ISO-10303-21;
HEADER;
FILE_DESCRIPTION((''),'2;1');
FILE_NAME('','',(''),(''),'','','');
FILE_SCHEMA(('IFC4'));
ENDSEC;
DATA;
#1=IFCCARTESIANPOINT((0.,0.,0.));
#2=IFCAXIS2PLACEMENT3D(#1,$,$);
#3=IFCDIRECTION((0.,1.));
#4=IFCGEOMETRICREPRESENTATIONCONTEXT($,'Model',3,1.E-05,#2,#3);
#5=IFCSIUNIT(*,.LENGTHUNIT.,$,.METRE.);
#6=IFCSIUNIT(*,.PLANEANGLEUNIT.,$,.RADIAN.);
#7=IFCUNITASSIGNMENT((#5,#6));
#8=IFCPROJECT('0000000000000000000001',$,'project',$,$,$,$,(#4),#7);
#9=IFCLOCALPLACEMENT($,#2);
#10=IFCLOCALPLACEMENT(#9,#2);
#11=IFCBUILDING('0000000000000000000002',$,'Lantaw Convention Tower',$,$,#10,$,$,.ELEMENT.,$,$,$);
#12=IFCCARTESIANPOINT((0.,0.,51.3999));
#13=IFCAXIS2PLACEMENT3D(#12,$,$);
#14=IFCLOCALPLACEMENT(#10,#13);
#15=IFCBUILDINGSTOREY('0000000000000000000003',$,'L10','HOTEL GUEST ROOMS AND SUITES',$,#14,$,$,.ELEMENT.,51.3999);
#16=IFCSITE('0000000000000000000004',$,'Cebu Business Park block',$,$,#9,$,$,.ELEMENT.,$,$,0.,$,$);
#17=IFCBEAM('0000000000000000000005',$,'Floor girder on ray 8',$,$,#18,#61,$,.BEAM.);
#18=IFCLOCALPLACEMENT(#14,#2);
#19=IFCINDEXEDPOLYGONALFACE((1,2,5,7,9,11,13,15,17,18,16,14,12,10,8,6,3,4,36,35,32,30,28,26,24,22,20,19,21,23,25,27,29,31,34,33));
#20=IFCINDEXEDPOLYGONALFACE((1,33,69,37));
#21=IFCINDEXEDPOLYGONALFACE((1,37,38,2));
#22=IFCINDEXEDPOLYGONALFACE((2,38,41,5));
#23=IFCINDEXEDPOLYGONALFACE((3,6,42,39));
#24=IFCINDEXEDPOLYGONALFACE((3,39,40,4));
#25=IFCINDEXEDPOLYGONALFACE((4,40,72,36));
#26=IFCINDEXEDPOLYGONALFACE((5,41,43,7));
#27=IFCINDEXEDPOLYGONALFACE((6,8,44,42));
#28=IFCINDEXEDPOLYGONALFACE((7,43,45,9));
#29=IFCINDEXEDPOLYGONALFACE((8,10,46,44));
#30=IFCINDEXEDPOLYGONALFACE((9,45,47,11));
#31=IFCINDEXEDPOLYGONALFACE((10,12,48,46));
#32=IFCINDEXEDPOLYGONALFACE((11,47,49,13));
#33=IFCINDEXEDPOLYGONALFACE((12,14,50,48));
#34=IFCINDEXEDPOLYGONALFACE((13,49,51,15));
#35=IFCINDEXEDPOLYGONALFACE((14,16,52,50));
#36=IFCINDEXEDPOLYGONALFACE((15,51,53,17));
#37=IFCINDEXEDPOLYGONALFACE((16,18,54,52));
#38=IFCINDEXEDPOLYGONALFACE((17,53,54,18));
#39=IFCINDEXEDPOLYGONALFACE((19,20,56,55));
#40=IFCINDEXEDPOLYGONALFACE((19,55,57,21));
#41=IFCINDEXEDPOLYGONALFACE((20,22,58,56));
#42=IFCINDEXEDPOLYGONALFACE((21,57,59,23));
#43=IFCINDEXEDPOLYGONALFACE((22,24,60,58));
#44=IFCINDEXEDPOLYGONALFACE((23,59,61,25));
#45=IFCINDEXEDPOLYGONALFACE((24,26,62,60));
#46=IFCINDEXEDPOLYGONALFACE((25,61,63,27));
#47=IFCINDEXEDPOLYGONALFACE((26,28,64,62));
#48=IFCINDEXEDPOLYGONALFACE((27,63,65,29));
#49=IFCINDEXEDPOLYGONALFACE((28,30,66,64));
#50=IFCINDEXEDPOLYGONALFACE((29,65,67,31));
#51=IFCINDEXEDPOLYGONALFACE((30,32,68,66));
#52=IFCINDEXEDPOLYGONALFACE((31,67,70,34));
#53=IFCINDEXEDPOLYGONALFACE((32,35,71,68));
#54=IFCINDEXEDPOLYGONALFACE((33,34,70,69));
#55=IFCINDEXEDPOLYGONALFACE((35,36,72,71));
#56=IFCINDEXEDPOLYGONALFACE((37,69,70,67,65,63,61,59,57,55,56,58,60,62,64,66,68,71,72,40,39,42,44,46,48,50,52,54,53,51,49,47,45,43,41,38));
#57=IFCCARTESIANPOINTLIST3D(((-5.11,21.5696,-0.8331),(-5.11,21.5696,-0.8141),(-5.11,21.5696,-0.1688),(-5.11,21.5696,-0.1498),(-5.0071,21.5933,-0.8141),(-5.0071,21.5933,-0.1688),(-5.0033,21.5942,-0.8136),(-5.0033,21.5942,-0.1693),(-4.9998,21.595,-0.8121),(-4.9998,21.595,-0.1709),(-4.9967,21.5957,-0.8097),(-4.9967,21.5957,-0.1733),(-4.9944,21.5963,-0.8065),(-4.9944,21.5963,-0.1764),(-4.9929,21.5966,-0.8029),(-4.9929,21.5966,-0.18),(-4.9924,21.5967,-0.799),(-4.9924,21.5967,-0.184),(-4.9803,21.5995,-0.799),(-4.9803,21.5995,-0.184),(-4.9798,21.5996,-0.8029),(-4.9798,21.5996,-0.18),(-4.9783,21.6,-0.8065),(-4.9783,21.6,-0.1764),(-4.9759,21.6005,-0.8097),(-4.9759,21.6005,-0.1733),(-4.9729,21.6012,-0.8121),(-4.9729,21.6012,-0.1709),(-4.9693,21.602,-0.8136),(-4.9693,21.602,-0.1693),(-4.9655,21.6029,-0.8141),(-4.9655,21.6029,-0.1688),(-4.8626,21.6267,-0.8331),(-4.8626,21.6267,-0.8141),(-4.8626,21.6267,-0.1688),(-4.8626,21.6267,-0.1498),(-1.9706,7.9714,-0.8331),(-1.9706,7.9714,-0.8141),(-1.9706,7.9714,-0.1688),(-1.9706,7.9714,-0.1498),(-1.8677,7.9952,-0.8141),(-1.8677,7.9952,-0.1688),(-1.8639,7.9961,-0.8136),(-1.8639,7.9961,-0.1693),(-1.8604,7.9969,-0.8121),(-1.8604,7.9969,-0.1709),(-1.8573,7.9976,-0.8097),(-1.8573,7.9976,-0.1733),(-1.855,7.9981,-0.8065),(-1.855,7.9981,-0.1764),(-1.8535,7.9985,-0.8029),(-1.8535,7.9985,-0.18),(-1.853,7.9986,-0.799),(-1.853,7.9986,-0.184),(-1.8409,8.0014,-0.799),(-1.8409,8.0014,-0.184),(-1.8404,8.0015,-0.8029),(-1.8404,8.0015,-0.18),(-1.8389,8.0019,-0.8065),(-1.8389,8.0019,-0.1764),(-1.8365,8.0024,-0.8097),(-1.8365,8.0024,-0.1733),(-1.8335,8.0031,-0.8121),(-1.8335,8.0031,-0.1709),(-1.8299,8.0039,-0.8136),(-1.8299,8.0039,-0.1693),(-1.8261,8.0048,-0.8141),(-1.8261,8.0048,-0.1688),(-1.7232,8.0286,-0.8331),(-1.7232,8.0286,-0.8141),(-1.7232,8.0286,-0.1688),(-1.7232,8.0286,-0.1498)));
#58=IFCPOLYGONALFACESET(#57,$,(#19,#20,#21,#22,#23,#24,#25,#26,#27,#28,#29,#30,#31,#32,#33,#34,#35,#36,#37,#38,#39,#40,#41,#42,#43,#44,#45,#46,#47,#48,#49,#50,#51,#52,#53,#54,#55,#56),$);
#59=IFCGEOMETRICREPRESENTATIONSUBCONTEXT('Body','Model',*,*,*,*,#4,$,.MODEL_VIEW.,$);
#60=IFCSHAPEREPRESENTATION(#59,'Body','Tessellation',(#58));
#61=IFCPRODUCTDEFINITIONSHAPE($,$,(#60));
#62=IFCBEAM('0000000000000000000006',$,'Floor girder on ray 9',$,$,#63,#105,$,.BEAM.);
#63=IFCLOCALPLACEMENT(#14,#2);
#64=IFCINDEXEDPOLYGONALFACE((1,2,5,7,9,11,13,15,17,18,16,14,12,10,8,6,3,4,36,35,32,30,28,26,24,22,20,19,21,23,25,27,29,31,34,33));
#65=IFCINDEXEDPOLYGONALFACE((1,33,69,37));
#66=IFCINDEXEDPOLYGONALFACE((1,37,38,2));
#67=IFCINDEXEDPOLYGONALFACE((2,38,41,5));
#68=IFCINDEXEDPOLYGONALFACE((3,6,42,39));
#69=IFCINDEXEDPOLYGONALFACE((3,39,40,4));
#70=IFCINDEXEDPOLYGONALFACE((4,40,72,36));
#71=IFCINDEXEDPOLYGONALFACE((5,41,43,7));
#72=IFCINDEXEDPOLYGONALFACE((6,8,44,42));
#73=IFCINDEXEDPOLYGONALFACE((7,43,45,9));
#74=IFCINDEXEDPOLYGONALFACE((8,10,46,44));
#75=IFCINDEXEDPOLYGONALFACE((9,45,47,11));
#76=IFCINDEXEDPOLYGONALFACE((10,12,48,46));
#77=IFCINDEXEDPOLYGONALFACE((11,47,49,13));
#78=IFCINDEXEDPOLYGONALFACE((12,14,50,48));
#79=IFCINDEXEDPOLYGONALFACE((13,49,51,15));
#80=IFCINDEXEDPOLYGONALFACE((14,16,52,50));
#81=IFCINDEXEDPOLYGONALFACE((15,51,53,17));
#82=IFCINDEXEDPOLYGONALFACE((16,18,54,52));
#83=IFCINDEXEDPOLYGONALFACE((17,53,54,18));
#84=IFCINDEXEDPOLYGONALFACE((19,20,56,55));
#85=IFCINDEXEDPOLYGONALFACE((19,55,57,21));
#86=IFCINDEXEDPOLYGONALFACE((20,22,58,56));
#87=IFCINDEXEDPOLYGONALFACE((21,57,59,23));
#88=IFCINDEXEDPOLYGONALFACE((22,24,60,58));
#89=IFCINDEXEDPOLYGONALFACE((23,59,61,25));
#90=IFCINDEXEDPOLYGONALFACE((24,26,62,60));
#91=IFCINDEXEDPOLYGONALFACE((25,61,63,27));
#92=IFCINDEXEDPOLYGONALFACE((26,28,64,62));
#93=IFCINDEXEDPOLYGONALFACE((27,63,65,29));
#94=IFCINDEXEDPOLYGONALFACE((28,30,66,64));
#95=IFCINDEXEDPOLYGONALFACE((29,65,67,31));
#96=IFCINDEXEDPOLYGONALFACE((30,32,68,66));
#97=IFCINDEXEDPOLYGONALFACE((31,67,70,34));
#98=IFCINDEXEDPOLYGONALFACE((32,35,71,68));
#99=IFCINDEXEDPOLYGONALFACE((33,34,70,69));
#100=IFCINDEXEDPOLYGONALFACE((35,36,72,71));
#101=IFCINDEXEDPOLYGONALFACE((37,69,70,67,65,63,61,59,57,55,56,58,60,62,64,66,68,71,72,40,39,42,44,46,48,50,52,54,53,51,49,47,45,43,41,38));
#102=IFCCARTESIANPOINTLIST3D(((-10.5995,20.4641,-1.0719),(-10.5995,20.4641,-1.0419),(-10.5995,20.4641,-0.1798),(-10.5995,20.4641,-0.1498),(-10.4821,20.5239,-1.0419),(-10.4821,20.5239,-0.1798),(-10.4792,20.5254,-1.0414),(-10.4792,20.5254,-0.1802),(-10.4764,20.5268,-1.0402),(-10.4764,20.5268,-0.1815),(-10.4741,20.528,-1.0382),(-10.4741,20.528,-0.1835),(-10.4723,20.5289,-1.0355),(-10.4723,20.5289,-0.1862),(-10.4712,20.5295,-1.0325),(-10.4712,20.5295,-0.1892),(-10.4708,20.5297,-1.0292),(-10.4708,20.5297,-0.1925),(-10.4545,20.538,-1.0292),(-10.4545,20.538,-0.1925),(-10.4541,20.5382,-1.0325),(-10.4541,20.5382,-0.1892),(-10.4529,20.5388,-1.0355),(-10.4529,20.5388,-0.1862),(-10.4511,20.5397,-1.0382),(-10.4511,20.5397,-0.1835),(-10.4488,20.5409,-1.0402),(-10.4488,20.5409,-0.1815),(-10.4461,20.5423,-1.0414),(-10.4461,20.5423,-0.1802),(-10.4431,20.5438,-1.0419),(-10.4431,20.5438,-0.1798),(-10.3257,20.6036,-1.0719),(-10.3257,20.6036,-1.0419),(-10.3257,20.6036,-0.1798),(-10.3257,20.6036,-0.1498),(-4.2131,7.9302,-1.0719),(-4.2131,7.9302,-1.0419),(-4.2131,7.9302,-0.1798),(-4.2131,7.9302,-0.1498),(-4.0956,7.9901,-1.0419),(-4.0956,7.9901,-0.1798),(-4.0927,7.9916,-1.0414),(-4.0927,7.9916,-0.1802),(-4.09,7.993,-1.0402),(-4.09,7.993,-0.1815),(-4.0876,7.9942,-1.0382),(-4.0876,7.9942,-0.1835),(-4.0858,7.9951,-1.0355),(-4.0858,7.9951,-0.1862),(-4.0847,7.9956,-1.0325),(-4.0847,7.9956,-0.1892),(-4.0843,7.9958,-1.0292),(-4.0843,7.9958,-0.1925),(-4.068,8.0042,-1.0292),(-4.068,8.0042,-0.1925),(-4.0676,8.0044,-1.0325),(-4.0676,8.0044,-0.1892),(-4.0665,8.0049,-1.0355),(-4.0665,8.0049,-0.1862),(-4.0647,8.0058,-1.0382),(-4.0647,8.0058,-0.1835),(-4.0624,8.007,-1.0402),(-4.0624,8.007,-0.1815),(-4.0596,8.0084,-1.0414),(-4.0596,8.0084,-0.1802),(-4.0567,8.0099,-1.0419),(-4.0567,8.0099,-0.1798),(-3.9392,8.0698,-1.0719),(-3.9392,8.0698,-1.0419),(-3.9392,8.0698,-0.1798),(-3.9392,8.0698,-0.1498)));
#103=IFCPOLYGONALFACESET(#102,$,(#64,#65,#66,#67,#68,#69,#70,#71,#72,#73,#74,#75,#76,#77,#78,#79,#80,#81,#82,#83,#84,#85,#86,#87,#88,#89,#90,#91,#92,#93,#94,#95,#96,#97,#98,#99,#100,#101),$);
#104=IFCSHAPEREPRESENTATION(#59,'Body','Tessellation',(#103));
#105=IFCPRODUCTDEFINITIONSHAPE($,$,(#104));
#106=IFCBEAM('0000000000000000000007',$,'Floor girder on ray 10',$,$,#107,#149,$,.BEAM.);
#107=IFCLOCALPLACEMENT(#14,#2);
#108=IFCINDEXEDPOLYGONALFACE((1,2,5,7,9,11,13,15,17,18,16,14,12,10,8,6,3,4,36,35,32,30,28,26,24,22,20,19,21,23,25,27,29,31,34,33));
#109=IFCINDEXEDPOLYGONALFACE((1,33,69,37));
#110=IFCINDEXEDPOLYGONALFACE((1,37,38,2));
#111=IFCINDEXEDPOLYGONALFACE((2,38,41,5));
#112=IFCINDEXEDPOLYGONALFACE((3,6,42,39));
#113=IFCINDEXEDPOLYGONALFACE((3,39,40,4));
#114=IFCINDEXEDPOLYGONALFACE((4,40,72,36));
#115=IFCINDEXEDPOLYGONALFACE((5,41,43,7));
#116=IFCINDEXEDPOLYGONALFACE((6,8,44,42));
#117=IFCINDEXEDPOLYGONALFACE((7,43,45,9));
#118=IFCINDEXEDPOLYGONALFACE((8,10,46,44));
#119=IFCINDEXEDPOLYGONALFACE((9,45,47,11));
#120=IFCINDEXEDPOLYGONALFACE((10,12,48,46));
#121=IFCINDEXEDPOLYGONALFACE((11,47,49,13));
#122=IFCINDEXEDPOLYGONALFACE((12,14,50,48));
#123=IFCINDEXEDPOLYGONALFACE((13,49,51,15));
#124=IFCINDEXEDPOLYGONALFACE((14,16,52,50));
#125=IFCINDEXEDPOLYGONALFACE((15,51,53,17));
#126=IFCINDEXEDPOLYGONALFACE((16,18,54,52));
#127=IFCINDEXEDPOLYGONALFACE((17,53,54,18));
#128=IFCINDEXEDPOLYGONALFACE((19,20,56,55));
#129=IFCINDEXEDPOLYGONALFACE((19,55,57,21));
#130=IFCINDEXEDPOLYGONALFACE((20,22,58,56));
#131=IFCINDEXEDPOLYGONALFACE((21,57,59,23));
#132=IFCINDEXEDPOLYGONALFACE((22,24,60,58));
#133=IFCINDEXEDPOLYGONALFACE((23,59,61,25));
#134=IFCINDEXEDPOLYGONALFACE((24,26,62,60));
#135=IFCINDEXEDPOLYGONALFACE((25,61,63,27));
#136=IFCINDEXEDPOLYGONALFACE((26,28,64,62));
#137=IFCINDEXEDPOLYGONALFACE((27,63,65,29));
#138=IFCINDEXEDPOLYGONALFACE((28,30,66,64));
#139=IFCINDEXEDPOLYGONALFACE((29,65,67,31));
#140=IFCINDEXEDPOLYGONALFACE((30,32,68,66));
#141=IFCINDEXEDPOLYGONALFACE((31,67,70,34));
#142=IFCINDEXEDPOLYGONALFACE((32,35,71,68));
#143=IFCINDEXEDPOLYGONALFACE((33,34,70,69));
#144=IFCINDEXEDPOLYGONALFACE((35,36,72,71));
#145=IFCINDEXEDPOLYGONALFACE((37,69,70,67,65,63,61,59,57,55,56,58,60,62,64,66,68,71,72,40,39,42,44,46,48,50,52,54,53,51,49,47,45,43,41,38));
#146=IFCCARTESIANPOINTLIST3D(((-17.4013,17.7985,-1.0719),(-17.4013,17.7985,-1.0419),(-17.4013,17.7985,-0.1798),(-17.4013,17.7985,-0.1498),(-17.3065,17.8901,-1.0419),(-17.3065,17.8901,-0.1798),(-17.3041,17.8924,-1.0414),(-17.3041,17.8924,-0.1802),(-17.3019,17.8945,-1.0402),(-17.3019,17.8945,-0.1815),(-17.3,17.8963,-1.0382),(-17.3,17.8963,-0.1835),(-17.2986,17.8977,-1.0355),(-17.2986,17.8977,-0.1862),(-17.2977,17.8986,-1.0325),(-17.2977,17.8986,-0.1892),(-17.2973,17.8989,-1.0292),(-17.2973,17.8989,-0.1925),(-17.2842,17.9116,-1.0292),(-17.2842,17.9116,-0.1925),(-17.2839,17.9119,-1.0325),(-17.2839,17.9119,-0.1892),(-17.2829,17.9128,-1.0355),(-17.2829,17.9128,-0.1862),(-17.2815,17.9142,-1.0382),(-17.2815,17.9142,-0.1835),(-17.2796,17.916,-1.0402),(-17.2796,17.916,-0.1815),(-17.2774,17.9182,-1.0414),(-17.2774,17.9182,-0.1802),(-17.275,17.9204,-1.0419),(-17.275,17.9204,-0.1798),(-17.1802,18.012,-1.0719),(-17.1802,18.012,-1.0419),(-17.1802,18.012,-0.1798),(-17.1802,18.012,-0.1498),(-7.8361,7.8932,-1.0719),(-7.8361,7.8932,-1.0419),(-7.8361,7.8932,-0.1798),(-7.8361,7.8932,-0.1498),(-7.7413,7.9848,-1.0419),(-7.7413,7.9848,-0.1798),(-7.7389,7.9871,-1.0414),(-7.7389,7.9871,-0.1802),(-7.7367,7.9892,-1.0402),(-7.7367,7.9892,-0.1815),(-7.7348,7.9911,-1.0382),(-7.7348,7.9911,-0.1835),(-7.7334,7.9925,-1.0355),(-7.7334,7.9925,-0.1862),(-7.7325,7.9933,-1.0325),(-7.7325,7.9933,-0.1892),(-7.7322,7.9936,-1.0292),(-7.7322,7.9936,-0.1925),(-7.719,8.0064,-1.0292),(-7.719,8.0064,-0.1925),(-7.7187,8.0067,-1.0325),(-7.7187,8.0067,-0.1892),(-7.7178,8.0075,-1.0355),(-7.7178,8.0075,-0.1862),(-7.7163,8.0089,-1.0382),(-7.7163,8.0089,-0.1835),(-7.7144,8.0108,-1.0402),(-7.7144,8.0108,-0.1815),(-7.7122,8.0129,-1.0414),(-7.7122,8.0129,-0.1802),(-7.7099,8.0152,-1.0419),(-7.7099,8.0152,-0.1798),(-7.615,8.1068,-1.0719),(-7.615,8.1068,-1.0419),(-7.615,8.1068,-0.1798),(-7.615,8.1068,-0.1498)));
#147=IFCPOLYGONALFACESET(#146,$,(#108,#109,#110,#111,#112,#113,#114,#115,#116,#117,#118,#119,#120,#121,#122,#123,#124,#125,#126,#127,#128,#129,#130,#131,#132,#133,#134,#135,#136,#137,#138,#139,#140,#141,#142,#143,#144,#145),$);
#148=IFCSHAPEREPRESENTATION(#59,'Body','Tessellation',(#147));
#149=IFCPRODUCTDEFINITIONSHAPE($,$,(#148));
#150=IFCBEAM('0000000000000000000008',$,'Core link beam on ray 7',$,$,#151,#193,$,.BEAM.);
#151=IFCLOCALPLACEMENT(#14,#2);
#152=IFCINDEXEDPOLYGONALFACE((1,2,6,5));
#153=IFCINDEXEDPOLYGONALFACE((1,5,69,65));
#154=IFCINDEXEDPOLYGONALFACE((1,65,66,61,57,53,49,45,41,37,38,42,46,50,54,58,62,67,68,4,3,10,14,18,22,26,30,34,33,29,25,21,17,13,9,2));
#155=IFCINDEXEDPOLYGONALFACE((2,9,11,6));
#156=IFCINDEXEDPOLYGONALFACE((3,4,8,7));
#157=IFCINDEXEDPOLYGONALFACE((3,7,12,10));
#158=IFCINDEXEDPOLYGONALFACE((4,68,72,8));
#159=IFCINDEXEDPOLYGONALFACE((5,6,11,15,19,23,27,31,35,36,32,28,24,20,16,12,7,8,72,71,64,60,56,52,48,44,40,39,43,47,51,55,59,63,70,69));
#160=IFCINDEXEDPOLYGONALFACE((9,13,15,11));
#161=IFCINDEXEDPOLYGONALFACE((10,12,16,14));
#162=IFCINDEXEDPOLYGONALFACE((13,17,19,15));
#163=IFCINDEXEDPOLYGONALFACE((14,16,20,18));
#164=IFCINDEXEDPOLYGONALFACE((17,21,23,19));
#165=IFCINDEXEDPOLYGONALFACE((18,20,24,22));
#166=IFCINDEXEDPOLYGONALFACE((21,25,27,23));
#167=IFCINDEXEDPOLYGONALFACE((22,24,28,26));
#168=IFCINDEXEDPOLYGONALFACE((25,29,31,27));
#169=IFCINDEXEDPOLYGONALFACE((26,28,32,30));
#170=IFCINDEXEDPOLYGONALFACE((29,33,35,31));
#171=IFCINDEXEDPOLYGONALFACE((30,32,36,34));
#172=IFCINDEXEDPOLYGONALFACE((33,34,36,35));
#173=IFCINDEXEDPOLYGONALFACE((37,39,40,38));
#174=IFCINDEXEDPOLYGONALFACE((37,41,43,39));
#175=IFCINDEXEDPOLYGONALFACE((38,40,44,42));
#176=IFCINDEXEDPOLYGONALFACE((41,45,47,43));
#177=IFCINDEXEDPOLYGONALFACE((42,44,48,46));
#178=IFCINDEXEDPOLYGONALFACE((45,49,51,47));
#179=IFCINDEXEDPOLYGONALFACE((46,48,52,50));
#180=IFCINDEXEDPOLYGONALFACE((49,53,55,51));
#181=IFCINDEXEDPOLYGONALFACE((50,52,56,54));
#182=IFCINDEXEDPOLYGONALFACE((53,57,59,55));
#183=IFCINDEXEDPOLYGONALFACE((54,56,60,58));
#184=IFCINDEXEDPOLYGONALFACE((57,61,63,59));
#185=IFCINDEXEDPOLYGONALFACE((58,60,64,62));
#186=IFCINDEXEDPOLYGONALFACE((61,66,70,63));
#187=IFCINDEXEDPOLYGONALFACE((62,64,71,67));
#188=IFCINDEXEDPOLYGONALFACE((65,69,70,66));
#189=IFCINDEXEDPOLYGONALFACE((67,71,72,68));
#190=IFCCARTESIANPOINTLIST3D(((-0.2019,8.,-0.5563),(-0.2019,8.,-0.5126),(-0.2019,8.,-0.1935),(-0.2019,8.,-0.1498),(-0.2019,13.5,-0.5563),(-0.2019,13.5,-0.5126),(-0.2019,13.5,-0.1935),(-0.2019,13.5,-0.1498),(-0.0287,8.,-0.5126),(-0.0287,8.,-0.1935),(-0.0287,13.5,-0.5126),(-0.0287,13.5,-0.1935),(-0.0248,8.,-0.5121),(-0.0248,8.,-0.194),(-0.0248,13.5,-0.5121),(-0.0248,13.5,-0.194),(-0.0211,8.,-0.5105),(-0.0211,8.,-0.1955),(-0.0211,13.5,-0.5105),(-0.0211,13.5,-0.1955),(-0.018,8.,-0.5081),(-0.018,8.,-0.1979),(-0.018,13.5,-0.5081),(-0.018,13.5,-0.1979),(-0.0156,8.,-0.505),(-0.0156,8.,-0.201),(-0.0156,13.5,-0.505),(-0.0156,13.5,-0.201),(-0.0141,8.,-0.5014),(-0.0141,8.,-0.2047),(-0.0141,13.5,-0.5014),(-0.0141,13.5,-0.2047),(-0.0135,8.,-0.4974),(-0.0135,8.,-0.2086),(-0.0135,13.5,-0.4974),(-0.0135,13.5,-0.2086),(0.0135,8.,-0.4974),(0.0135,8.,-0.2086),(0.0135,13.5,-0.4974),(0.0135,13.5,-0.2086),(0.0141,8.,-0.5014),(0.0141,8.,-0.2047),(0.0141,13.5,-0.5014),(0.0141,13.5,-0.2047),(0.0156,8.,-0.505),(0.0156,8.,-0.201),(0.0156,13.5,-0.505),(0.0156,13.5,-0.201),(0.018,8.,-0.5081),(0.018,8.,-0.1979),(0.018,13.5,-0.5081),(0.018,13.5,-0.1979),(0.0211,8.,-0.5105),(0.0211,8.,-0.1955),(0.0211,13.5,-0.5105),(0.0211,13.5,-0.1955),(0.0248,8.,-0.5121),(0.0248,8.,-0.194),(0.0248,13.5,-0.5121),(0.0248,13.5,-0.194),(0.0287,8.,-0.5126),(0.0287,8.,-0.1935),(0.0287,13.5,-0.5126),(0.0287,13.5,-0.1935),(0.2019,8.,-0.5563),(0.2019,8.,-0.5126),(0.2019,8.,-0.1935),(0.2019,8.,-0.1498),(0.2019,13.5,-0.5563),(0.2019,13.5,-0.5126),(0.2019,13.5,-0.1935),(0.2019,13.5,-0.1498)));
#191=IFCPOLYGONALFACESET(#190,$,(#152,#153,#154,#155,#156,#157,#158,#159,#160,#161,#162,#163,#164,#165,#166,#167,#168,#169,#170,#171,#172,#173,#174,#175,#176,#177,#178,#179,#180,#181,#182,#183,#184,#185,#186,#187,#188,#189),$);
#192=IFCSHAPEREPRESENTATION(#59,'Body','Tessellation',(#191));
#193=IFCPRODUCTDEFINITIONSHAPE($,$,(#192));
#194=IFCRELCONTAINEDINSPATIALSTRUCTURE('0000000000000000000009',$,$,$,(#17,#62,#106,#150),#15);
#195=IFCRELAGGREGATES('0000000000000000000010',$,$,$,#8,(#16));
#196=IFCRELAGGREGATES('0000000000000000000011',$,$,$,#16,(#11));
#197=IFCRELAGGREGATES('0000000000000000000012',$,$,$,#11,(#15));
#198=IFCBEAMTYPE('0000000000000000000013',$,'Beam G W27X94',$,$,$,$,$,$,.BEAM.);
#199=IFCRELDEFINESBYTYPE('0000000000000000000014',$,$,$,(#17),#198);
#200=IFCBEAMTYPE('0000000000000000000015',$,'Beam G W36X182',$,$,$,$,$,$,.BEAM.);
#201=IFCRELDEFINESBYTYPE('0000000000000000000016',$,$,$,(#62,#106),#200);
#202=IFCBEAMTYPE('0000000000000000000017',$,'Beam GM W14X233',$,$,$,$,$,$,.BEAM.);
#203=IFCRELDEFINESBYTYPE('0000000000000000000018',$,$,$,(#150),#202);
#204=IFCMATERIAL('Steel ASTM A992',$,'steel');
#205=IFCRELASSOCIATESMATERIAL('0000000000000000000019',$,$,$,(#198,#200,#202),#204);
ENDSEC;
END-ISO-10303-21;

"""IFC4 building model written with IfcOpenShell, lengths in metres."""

from ifc_helpers import new_model, si_unit, direction, frame, origin, origin_2d, place, context, subcontext, project, spatial, i_section, extrude, material, material_profile, profile_set, type_object, element, save


model = new_model("IFC4")

# Units and contexts
model_context = context("Model", 3, precision=1e-05, world=origin(), true_north=direction((0.0, 1.0)))
body_context = subcontext(model_context, "Body", "Model", "MODEL_VIEW")
ifc_project = project(units=[si_unit("LENGTHUNIT", "METRE"), si_unit("PLANEANGLEUNIT", "RADIAN")], contexts=[model_context])

# Site, building, storey
site_placement = place(None, origin())
site = spatial("IfcSite", under=ifc_project, at=site_placement, Name="Cebu Business Park block", CompositionType="ELEMENT", RefElevation=0.0)
building_placement = place(site_placement, origin())
building = spatial("IfcBuilding", under=site, at=building_placement, Name="Lantaw Convention Tower", CompositionType="ELEMENT")
storey_placement = place(building_placement, frame((0.0, 0.0, 51.3999)))
storey = spatial("IfcBuildingStorey", under=building, at=storey_placement, Name="L10", Description="HOTEL GUEST ROOMS AND SUITES", CompositionType="ELEMENT", Elevation=51.3999)

# Beams
ifc_material_1 = material(Name="Steel ASTM A992", Category="steel")
ifc_material_profile_1 = material_profile(ifc_material_1, i_section(OverallWidth=0.2539, OverallDepth=0.6833, WebThickness=0.0125, FlangeThickness=0.019, FilletRadius=0.0151, at=origin_2d()), Name="W27X94")
ifc_profile_set_1 = profile_set([ifc_material_profile_1], Name="Steel ASTM A992")
beam_type_1 = type_object("IfcBeamType", Name="Beam G W27X94", PredefinedType="BEAM", material=ifc_profile_set_1)
beam_1_placement = place(storey_placement, frame((-1.8469, 8.0, -0.4915), z_axis=(-0.224953, 0.97437, 0.0), x_axis=(-0.97437, -0.224953, 0.0)))
element("IfcBeam", 1, at=beam_1_placement, inside=storey, type_object=beam_type_1, Name="Floor girder on ray 8", PredefinedType="BEAM", context=body_context, shape_type="SweptSolid", body=[
    extrude(i_section(OverallWidth=0.2539, OverallDepth=0.6833, WebThickness=0.0125, FlangeThickness=0.019, FilletRadius=0.0151, at=origin_2d()), origin(), (0.0, 0.0, 1.0), 13.9558),
])
ifc_material_profile_2 = material_profile(ifc_material_1, i_section(OverallWidth=0.3074, OverallDepth=0.9221, WebThickness=0.0183, FlangeThickness=0.03, FilletRadius=0.0127, at=origin_2d()), Name="W36X182")
ifc_profile_set_2 = profile_set([ifc_material_profile_2], Name="Steel ASTM A992")
beam_type_2 = type_object("IfcBeamType", Name="Beam G W36X182", PredefinedType="BEAM", material=ifc_profile_set_2)
beam_2_placement = place(storey_placement, frame((-4.0762, 8.0, -0.6108), z_axis=(-0.453997, 0.891003, 0.0), x_axis=(-0.891003, -0.453997, 0.0)))
element("IfcBeam", 2, at=beam_2_placement, inside=storey, type_object=beam_type_2, Name="Floor girder on ray 9", PredefinedType="BEAM", context=body_context, shape_type="SweptSolid", body=[
    extrude(i_section(OverallWidth=0.3074, OverallDepth=0.9221, WebThickness=0.0183, FlangeThickness=0.03, FilletRadius=0.0127, at=origin_2d()), origin(), (0.0, 0.0, 1.0), 14.0671),
])
beam_3_placement = place(storey_placement, frame((-7.7256, 8.0, -0.6108), z_axis=(-0.69465, 0.719348, 0.0), x_axis=(-0.719348, -0.69465, 0.0)))
element("IfcBeam", 3, at=beam_3_placement, inside=storey, type_object=beam_type_2, Name="Floor girder on ray 10", PredefinedType="BEAM", context=body_context, shape_type="SweptSolid", body=[
    extrude(i_section(OverallWidth=0.3074, OverallDepth=0.9221, WebThickness=0.0183, FlangeThickness=0.03, FilletRadius=0.0127, at=origin_2d()), origin(), (0.0, 0.0, 1.0), 13.7698),
])
ifc_material_profile_3 = material_profile(ifc_material_1, i_section(OverallWidth=0.4038, OverallDepth=0.4065, WebThickness=0.0271, FlangeThickness=0.0437, FilletRadius=0.0151, at=origin_2d()), Name="W14X233")
ifc_profile_set_3 = profile_set([ifc_material_profile_3], Name="Steel ASTM A992")
beam_type_3 = type_object("IfcBeamType", Name="Beam GM W14X233", PredefinedType="BEAM", material=ifc_profile_set_3)
beam_4_placement = place(storey_placement, frame((0.0, 8.0, -0.353), z_axis=(0.0, 1.0, 0.0), x_axis=(-1.0, 0.0, 0.0)))
element("IfcBeam", 4, at=beam_4_placement, inside=storey, type_object=beam_type_3, Name="Core link beam on ray 7", PredefinedType="BEAM", context=body_context, shape_type="SweptSolid", body=[
    extrude(i_section(OverallWidth=0.4038, OverallDepth=0.4065, WebThickness=0.0271, FlangeThickness=0.0437, FilletRadius=0.0151, at=origin_2d()), origin(), (0.0, 0.0, 1.0), 5.5),
])

save(model, "model.ifc")
